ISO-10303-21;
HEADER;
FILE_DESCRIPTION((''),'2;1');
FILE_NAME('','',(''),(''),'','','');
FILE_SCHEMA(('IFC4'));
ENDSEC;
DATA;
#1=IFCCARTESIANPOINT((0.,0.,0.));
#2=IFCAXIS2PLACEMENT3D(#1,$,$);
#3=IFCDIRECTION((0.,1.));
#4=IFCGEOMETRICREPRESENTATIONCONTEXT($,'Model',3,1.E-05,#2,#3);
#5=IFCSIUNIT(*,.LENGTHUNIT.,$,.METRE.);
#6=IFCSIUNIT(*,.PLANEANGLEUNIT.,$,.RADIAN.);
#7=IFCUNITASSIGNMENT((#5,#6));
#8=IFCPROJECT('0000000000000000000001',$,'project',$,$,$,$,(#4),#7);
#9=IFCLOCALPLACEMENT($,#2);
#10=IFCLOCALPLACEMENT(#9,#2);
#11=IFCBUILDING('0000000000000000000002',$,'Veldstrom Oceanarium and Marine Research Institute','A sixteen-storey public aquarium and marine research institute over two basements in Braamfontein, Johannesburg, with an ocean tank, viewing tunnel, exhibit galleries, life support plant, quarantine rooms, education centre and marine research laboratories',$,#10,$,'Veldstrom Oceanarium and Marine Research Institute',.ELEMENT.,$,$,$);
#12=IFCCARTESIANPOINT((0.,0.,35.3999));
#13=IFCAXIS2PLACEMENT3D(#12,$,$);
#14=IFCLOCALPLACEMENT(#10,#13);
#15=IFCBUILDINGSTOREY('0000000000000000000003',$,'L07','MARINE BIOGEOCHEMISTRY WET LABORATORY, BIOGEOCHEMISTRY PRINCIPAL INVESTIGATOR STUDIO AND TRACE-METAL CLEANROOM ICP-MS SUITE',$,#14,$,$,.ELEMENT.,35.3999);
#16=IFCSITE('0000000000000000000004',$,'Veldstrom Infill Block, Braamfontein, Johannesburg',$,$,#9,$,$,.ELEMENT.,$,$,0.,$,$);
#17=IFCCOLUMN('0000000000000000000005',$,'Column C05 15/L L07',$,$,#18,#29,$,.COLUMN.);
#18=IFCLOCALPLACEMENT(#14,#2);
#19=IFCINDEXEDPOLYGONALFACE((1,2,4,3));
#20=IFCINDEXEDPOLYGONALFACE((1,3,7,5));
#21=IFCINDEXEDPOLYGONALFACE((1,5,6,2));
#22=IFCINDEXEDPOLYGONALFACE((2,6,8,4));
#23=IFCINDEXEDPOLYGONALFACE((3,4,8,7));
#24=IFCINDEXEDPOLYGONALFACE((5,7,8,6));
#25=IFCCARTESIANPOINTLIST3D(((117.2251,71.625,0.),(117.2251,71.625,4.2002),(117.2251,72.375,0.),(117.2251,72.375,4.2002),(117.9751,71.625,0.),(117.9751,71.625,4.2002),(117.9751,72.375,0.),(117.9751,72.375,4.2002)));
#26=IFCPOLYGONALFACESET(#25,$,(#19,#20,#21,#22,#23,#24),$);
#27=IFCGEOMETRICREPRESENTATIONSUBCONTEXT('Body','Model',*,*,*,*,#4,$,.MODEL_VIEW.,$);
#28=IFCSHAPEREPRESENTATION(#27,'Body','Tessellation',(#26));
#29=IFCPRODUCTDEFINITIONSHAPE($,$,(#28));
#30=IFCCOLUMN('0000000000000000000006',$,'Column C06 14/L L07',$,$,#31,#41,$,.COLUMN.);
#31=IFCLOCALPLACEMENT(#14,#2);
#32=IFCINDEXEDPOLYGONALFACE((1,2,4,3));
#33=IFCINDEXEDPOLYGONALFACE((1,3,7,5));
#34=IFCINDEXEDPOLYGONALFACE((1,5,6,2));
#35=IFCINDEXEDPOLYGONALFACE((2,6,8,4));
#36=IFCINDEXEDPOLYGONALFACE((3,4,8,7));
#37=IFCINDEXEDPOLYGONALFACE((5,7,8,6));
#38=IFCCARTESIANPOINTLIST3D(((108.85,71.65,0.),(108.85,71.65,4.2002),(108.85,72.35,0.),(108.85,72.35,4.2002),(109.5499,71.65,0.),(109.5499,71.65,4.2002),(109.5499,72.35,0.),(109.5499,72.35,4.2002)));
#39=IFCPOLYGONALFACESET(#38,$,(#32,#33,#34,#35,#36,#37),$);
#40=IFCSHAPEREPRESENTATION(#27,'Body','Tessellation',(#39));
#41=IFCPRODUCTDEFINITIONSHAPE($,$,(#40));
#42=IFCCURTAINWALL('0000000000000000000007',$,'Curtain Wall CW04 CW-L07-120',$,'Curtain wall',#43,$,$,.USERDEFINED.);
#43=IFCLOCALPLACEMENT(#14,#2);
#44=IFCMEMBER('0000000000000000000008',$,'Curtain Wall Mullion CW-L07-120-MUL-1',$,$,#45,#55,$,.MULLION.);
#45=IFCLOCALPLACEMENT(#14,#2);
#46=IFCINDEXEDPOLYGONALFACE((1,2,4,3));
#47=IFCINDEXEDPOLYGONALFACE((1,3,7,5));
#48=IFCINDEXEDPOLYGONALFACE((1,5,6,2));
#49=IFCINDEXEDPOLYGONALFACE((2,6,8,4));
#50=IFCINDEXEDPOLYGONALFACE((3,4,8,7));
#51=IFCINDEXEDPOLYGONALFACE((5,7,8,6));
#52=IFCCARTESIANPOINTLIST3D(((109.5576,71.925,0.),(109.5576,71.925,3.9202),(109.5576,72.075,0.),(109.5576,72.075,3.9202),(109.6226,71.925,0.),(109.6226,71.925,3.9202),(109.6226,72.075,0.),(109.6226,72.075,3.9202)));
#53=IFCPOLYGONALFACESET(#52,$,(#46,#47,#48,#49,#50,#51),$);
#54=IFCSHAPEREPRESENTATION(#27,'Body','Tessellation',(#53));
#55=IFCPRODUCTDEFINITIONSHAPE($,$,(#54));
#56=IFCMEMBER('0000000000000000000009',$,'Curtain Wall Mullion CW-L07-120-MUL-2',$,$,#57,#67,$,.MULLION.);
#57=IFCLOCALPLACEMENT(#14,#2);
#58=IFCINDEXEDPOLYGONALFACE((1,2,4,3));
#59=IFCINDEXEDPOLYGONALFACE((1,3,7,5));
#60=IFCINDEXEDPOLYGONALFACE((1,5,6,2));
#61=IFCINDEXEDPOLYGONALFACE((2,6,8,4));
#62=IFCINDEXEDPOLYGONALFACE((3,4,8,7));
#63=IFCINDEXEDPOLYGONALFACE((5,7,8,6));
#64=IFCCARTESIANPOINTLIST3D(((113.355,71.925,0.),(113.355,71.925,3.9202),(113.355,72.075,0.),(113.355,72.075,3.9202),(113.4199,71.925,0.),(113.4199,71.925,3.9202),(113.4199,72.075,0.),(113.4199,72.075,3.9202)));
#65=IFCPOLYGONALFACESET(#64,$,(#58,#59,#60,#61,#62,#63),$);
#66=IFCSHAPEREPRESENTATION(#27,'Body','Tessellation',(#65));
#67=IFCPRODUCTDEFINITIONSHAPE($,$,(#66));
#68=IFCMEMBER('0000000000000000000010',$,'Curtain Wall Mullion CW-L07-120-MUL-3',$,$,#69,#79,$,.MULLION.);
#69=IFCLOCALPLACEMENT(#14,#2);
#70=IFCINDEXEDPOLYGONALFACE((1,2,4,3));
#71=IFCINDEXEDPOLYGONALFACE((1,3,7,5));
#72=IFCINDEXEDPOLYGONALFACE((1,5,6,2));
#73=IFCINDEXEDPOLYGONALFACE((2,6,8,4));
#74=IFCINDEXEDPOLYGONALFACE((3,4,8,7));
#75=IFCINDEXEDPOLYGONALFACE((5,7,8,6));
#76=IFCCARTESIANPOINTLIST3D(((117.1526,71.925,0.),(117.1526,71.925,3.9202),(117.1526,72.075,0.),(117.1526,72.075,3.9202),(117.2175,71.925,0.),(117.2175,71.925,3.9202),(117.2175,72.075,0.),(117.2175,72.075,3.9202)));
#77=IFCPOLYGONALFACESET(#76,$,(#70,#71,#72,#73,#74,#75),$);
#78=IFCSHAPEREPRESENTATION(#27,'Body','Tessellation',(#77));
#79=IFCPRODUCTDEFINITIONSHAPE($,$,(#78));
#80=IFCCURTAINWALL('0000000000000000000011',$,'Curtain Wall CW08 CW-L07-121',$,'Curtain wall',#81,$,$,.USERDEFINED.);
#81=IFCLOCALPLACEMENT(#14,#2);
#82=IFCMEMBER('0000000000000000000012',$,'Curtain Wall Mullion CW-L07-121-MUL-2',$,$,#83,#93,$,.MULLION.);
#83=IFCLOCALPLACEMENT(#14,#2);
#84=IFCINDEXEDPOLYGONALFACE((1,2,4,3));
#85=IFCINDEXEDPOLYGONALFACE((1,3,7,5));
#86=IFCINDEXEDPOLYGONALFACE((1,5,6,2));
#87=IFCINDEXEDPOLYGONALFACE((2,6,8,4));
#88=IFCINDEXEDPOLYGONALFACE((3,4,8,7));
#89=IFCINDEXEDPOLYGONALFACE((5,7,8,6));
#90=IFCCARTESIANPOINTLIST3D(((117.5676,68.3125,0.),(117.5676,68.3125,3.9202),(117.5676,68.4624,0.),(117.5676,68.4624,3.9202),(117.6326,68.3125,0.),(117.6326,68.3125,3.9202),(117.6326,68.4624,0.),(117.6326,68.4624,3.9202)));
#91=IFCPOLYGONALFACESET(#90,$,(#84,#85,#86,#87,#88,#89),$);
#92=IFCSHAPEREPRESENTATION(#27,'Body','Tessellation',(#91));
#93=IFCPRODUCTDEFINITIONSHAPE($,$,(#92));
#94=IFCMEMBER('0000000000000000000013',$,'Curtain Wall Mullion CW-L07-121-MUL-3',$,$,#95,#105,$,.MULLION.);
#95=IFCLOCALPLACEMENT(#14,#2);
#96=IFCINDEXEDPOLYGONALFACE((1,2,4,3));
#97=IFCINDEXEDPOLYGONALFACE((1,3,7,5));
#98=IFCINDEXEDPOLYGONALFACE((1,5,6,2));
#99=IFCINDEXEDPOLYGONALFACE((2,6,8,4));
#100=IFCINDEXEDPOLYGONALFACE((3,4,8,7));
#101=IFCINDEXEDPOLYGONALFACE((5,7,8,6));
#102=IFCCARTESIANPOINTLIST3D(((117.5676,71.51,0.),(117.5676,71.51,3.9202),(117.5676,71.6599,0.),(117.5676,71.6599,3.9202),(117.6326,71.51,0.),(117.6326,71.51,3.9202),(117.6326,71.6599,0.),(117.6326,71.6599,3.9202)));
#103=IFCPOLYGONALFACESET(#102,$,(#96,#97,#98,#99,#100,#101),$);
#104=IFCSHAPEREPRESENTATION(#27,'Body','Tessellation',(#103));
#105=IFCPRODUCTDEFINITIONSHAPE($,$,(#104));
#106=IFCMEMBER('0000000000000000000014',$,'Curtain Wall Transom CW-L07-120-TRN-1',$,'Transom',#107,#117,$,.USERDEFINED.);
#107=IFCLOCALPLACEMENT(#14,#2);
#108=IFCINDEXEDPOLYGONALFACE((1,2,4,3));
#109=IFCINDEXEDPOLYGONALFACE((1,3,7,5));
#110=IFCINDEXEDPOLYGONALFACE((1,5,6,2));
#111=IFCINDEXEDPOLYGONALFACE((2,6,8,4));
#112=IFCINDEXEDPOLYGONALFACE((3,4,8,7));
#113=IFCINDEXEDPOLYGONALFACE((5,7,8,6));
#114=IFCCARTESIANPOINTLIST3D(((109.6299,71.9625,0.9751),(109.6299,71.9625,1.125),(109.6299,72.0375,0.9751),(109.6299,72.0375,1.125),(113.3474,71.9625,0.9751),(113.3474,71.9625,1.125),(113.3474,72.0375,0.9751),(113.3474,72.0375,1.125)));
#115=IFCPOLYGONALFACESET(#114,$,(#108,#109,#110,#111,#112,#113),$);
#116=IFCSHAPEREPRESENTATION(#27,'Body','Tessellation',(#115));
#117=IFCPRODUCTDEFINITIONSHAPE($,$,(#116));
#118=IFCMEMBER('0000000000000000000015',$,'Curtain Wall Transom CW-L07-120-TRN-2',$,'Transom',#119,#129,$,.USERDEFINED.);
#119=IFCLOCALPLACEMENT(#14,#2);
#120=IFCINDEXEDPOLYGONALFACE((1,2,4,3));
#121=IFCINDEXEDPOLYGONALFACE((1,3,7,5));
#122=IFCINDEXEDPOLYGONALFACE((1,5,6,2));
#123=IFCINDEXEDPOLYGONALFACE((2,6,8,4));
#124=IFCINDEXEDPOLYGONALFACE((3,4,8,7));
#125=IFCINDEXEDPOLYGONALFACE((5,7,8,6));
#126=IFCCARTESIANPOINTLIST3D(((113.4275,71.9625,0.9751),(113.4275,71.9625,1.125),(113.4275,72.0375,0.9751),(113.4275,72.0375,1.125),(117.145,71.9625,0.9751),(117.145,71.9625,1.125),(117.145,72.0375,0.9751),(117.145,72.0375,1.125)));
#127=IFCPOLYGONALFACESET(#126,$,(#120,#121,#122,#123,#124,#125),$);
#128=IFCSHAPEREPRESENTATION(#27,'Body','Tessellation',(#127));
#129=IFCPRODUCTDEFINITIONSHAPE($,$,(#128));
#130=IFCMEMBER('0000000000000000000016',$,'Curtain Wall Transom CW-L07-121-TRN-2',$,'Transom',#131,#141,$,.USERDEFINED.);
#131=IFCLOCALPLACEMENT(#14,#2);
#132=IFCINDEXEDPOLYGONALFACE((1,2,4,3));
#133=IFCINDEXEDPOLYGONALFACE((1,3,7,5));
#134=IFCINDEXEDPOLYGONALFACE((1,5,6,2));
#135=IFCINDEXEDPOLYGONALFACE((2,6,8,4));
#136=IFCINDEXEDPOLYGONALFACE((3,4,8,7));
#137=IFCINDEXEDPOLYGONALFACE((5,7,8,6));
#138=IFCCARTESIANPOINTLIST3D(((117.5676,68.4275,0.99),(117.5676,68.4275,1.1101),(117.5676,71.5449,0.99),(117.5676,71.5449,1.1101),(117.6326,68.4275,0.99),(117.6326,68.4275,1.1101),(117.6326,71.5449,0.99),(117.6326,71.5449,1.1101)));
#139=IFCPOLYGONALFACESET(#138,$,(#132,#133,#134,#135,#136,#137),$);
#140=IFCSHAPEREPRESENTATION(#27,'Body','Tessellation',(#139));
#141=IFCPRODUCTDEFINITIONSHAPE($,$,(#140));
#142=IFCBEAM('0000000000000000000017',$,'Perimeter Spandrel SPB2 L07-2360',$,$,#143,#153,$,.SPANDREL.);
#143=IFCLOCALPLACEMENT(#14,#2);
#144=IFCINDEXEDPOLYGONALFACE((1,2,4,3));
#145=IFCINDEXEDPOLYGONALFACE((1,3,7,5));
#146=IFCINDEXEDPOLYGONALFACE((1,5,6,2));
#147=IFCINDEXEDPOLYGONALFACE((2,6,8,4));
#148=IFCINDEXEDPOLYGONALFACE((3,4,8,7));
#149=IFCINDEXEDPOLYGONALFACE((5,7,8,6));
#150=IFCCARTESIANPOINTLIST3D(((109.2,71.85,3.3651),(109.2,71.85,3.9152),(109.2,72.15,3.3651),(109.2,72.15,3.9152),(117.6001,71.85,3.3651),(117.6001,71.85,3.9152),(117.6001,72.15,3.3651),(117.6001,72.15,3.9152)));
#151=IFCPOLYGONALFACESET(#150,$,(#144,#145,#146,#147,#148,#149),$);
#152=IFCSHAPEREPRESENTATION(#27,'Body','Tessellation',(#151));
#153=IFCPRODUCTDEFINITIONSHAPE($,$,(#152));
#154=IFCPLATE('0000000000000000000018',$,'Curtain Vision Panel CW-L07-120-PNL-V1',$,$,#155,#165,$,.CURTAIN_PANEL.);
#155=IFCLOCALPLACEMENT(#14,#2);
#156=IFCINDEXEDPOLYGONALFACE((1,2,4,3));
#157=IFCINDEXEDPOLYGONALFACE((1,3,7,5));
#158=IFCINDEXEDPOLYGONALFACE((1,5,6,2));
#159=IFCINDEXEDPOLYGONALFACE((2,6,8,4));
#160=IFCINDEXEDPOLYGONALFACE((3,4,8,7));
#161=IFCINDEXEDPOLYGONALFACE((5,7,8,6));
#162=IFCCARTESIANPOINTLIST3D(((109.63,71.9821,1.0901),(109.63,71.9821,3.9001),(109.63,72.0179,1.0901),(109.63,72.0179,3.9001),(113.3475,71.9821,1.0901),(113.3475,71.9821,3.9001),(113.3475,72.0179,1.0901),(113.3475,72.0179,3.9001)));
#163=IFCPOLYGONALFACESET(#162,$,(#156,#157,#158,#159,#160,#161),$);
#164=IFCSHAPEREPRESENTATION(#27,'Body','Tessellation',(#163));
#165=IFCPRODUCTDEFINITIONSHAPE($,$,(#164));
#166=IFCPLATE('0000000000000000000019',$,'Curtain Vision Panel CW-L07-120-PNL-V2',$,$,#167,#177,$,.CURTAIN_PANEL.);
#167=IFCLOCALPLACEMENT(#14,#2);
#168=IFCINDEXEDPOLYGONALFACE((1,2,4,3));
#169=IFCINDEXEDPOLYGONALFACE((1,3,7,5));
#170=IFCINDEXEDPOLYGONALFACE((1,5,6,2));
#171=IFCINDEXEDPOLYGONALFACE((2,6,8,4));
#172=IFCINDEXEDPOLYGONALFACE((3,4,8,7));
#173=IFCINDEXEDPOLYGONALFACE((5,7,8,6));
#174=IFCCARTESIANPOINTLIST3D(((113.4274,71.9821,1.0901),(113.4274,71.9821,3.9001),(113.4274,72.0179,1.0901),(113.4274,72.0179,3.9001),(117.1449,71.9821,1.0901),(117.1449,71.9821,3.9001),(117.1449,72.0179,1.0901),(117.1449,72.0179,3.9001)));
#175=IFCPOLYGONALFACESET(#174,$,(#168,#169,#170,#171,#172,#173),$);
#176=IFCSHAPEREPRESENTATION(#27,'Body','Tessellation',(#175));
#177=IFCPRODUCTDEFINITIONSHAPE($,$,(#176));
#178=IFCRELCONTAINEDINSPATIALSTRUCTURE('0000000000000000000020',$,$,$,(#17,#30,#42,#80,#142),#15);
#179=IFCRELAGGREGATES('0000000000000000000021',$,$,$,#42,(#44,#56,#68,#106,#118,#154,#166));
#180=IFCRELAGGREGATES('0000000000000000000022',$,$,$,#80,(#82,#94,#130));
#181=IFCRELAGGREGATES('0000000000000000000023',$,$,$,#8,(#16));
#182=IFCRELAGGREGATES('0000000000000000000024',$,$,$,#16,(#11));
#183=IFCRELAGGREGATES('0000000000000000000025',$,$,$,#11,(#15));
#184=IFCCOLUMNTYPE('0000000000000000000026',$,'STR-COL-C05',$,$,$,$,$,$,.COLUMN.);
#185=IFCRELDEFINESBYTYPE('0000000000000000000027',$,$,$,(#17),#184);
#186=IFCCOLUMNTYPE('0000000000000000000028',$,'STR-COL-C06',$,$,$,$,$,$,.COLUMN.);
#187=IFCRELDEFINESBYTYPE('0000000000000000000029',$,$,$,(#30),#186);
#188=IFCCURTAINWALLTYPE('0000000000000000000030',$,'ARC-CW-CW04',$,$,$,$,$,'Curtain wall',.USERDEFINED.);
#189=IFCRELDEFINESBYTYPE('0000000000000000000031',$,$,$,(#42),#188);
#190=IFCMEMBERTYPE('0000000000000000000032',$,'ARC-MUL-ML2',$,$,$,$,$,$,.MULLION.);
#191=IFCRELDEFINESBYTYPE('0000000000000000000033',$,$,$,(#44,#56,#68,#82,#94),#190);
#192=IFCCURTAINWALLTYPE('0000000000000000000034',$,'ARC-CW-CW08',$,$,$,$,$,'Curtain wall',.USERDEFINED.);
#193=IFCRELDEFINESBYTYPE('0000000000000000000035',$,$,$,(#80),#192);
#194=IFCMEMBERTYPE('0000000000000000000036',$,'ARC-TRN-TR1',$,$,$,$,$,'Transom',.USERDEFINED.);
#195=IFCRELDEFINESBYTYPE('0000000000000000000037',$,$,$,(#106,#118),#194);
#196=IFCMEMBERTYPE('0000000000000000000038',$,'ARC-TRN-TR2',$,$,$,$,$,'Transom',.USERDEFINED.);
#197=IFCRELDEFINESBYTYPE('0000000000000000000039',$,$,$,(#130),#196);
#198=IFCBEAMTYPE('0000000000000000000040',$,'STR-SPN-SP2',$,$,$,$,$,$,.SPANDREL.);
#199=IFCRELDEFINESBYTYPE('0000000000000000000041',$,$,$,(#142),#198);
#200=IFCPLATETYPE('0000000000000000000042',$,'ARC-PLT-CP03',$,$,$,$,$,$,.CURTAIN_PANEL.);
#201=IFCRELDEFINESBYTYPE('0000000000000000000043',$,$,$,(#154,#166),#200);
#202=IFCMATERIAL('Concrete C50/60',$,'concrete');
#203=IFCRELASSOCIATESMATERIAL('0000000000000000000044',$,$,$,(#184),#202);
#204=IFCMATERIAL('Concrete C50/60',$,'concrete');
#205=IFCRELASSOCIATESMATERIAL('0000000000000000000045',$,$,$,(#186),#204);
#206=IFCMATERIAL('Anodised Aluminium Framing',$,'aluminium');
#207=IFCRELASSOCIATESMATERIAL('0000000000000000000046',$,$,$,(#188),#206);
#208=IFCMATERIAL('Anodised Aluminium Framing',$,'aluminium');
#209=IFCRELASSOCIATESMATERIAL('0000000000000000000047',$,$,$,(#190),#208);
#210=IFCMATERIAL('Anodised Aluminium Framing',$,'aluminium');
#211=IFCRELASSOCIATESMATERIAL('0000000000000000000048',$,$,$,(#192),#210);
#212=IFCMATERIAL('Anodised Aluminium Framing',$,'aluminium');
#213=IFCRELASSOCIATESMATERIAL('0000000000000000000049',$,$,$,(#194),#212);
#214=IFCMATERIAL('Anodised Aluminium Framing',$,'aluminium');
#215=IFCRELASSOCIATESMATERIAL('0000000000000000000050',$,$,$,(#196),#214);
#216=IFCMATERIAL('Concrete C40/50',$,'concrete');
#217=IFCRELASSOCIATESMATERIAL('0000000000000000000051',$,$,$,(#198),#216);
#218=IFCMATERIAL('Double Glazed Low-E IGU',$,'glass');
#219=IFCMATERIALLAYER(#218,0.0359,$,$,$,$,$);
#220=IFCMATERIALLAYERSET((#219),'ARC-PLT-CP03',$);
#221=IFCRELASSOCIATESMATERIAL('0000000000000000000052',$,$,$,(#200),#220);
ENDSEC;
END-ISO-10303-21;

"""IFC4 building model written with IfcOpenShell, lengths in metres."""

from ifc_helpers import new_model, si_unit, direction, frame, origin, origin_2d, place, context, subcontext, project, spatial, rectangle, extrude, material, layer, layer_set, material_profile, profile_set, type_object, element, aggregate, save


model = new_model("IFC4")

# Units and contexts
model_context = context("Model", 3, precision=1e-05, world=origin(), true_north=direction((0.0, 1.0)))
body_context = subcontext(model_context, "Body", "Model", "MODEL_VIEW")
ifc_project = project(units=[si_unit("LENGTHUNIT", "METRE"), si_unit("PLANEANGLEUNIT", "RADIAN")], contexts=[model_context])

# Site, building, storey
site_placement = place(None, origin())
site = spatial("IfcSite", under=ifc_project, at=site_placement, Name="Veldstrom Infill Block, Braamfontein, Johannesburg", CompositionType="ELEMENT", RefElevation=0.0)
building_placement = place(site_placement, origin())
building = spatial("IfcBuilding", under=site, at=building_placement, Name="Veldstrom Oceanarium and Marine Research Institute", Description="A sixteen-storey public aquarium and marine research institute over two basements in Braamfontein, Johannesburg, with an ocean tank, viewing tunnel, exhibit galleries, life support plant, quarantine rooms, education centre and marine research laboratories", LongName="Veldstrom Oceanarium and Marine Research Institute", CompositionType="ELEMENT")
storey_placement = place(building_placement, frame((0.0, 0.0, 35.3999)))
storey = spatial("IfcBuildingStorey", under=building, at=storey_placement, Name="L07", Description="MARINE BIOGEOCHEMISTRY WET LABORATORY, BIOGEOCHEMISTRY PRINCIPAL INVESTIGATOR STUDIO AND TRACE-METAL CLEANROOM ICP-MS SUITE", CompositionType="ELEMENT", Elevation=35.3999)

# Columns
ifc_material_1 = material(Name="Concrete C50/60", Category="concrete")
ifc_material_profile_1 = material_profile(ifc_material_1, rectangle(XDim=0.75, YDim=0.75, at=origin_2d()), Name="RC-COL-750x750")
ifc_profile_set_1 = profile_set([ifc_material_profile_1], Name="Concrete C50/60")
column_type_1 = type_object("IfcColumnType", Name="STR-COL-C05", PredefinedType="COLUMN", material=ifc_profile_set_1)
column_1_placement = place(storey_placement, frame((117.6001, 72.0, 0.0), z_axis=(0.0, 0.0, 1.0), x_axis=(1.0, 0.0, 0.0)))
element("IfcColumn", 1, at=column_1_placement, inside=storey, type_object=column_type_1, Name="Column C05 15/L L07", PredefinedType="COLUMN", context=body_context, shape_type="SweptSolid", body=[
    extrude(rectangle(XDim=0.75, YDim=0.75, at=origin_2d()), origin(), (0.0, 0.0, 1.0), 4.2002),
])
ifc_material_2 = material(Name="Concrete C50/60", Category="concrete")
ifc_material_profile_2 = material_profile(ifc_material_2, rectangle(XDim=0.7, YDim=0.7, at=origin_2d()), Name="RC-COL-700x700")
ifc_profile_set_2 = profile_set([ifc_material_profile_2], Name="Concrete C50/60")
column_type_2 = type_object("IfcColumnType", Name="STR-COL-C06", PredefinedType="COLUMN", material=ifc_profile_set_2)
column_2_placement = place(storey_placement, frame((109.2, 72.0, 0.0), z_axis=(0.0, 0.0, 1.0), x_axis=(1.0, 0.0, 0.0)))
element("IfcColumn", 2, at=column_2_placement, inside=storey, type_object=column_type_2, Name="Column C06 14/L L07", PredefinedType="COLUMN", context=body_context, shape_type="SweptSolid", body=[
    extrude(rectangle(XDim=0.7, YDim=0.7, at=origin_2d()), origin(), (0.0, 0.0, 1.0), 4.2002),
])

# Curtain walls, members
ifc_material_3 = material(Name="Anodised Aluminium Framing", Category="aluminium")
curtain_wall_type_1 = type_object("IfcCurtainWallType", Name="ARC-CW-CW04", ElementType="Curtain wall", PredefinedType="USERDEFINED", material=ifc_material_3)
curtain_wall_1_placement = place(storey_placement, origin())
curtain_wall_1 = element("IfcCurtainWall", 3, at=curtain_wall_1_placement, inside=storey, type_object=curtain_wall_type_1, Name="Curtain Wall CW04 CW-L07-120", ObjectType="Curtain wall", PredefinedType="USERDEFINED")
ifc_material_4 = material(Name="Anodised Aluminium Framing", Category="aluminium")
ifc_material_profile_3 = material_profile(ifc_material_4, rectangle(XDim=0.0649, YDim=0.1499, at=origin_2d()), Name="ALU-MUL-65x150")
ifc_profile_set_3 = profile_set([ifc_material_profile_3], Name="Anodised Aluminium Framing")
member_type_1 = type_object("IfcMemberType", Name="ARC-MUL-ML2", PredefinedType="MULLION", material=ifc_profile_set_3)
member_1_placement = place(storey_placement, frame((109.5901, 72.0, 0.0), z_axis=(0.0, 0.0, 1.0), x_axis=(1.0, 0.0, 0.0)))
member_1 = element("IfcMember", 4, at=member_1_placement, type_object=member_type_1, Name="Curtain Wall Mullion CW-L07-120-MUL-1", PredefinedType="MULLION", context=body_context, shape_type="SweptSolid", body=[
    extrude(rectangle(XDim=0.0649, YDim=0.1499, at=origin_2d()), origin(), (0.0, 0.0, 1.0), 3.9202),
])
member_2_placement = place(storey_placement, frame((113.3875, 72.0, 0.0), z_axis=(0.0, 0.0, 1.0), x_axis=(1.0, 0.0, 0.0)))
member_2 = element("IfcMember", 5, at=member_2_placement, type_object=member_type_1, Name="Curtain Wall Mullion CW-L07-120-MUL-2", PredefinedType="MULLION", context=body_context, shape_type="SweptSolid", body=[
    extrude(rectangle(XDim=0.0649, YDim=0.1499, at=origin_2d()), origin(), (0.0, 0.0, 1.0), 3.9202),
])
member_3_placement = place(storey_placement, frame((117.1851, 72.0, 0.0), z_axis=(0.0, 0.0, 1.0), x_axis=(1.0, 0.0, 0.0)))
member_3 = element("IfcMember", 6, at=member_3_placement, type_object=member_type_1, Name="Curtain Wall Mullion CW-L07-120-MUL-3", PredefinedType="MULLION", context=body_context, shape_type="SweptSolid", body=[
    extrude(rectangle(XDim=0.0649, YDim=0.1499, at=origin_2d()), origin(), (0.0, 0.0, 1.0), 3.9202),
])
ifc_material_5 = material(Name="Anodised Aluminium Framing", Category="aluminium")
curtain_wall_type_2 = type_object("IfcCurtainWallType", Name="ARC-CW-CW08", ElementType="Curtain wall", PredefinedType="USERDEFINED", material=ifc_material_5)
curtain_wall_2_placement = place(storey_placement, origin())
curtain_wall_2 = element("IfcCurtainWall", 7, at=curtain_wall_2_placement, inside=storey, type_object=curtain_wall_type_2, Name="Curtain Wall CW08 CW-L07-121", ObjectType="Curtain wall", PredefinedType="USERDEFINED")
member_4_placement = place(storey_placement, frame((117.6001, 68.3875, 0.0), z_axis=(0.0, 0.0, 1.0), x_axis=(1.0, 0.0, 0.0)))
member_4 = element("IfcMember", 8, at=member_4_placement, type_object=member_type_1, Name="Curtain Wall Mullion CW-L07-121-MUL-2", PredefinedType="MULLION", context=body_context, shape_type="SweptSolid", body=[
    extrude(rectangle(XDim=0.0649, YDim=0.1499, at=origin_2d()), origin(), (0.0, 0.0, 1.0), 3.9202),
])
member_5_placement = place(storey_placement, frame((117.6001, 71.585, 0.0), z_axis=(0.0, 0.0, 1.0), x_axis=(1.0, 0.0, 0.0)))
member_5 = element("IfcMember", 9, at=member_5_placement, type_object=member_type_1, Name="Curtain Wall Mullion CW-L07-121-MUL-3", PredefinedType="MULLION", context=body_context, shape_type="SweptSolid", body=[
    extrude(rectangle(XDim=0.0649, YDim=0.1499, at=origin_2d()), origin(), (0.0, 0.0, 1.0), 3.9202),
])

# Members
ifc_material_6 = material(Name="Anodised Aluminium Framing", Category="aluminium")
ifc_material_profile_4 = material_profile(ifc_material_6, rectangle(XDim=0.075, YDim=0.1499, at=origin_2d()), Name="ALU-TRN-75x150")
ifc_profile_set_4 = profile_set([ifc_material_profile_4], Name="Anodised Aluminium Framing")
member_type_2 = type_object("IfcMemberType", Name="ARC-TRN-TR1", ElementType="Transom", PredefinedType="USERDEFINED", material=ifc_profile_set_4)
member_6_placement = place(storey_placement, frame((109.6299, 72.0, 1.05), z_axis=(1.0, 0.0, 0.0), x_axis=(0.0, 1.0, 0.0)))
member_6 = element("IfcMember", 10, at=member_6_placement, type_object=member_type_2, Name="Curtain Wall Transom CW-L07-120-TRN-1", ObjectType="Transom", PredefinedType="USERDEFINED", context=body_context, shape_type="SweptSolid", body=[
    extrude(rectangle(XDim=0.075, YDim=0.1499, at=origin_2d()), origin(), (0.0, 0.0, 1.0), 3.7175),
])
member_7_placement = place(storey_placement, frame((113.4275, 72.0, 1.05), z_axis=(1.0, 0.0, 0.0), x_axis=(0.0, 1.0, 0.0)))
member_7 = element("IfcMember", 11, at=member_7_placement, type_object=member_type_2, Name="Curtain Wall Transom CW-L07-120-TRN-2", ObjectType="Transom", PredefinedType="USERDEFINED", context=body_context, shape_type="SweptSolid", body=[
    extrude(rectangle(XDim=0.075, YDim=0.1499, at=origin_2d()), origin(), (0.0, 0.0, 1.0), 3.7175),
])
ifc_material_7 = material(Name="Anodised Aluminium Framing", Category="aluminium")
ifc_material_profile_5 = material_profile(ifc_material_7, rectangle(XDim=0.0649, YDim=0.1201, at=origin_2d()), Name="ALU-TRN-65x120")
ifc_profile_set_5 = profile_set([ifc_material_profile_5], Name="Anodised Aluminium Framing")
member_type_3 = type_object("IfcMemberType", Name="ARC-TRN-TR2", ElementType="Transom", PredefinedType="USERDEFINED", material=ifc_profile_set_5)
member_8_placement = place(storey_placement, frame((117.6001, 68.4275, 1.05), z_axis=(0.0, 1.0, 0.0), x_axis=(-1.0, 0.0, 0.0)))
member_8 = element("IfcMember", 12, at=member_8_placement, type_object=member_type_3, Name="Curtain Wall Transom CW-L07-121-TRN-2", ObjectType="Transom", PredefinedType="USERDEFINED", context=body_context, shape_type="SweptSolid", body=[
    extrude(rectangle(XDim=0.0649, YDim=0.1201, at=origin_2d()), origin(), (0.0, 0.0, 1.0), 3.1174),
])

# Beam
ifc_material_8 = material(Name="Concrete C40/50", Category="concrete")
ifc_material_profile_6 = material_profile(ifc_material_8, rectangle(XDim=0.3, YDim=0.55, at=origin_2d()), Name="RC-SPN-300x550")
ifc_profile_set_6 = profile_set([ifc_material_profile_6], Name="Concrete C40/50")
beam_type = type_object("IfcBeamType", Name="STR-SPN-SP2", PredefinedType="SPANDREL", material=ifc_profile_set_6)
beam_placement = place(storey_placement, frame((109.2, 72.0, 3.6401), z_axis=(1.0, 0.0, 0.0), x_axis=(0.0, 1.0, 0.0)))
element("IfcBeam", 13, at=beam_placement, inside=storey, type_object=beam_type, Name="Perimeter Spandrel SPB2 L07-2360", PredefinedType="SPANDREL", context=body_context, shape_type="SweptSolid", body=[
    extrude(rectangle(XDim=0.3, YDim=0.55, at=origin_2d()), origin(), (0.0, 0.0, 1.0), 8.4001),
])

# Plates
ifc_material_9 = material(Name="Double Glazed Low-E IGU", Category="glass")
ifc_layer_1 = layer(ifc_material_9, 0.0359)
ifc_layer_set_1 = layer_set([ifc_layer_1], Name="ARC-PLT-CP03")
plate_type_1 = type_object("IfcPlateType", Name="ARC-PLT-CP03", PredefinedType="CURTAIN_PANEL", material=ifc_layer_set_1)
plate_1_placement = place(storey_placement, frame((111.4888, 72.0, 1.0901), z_axis=(0.0, 0.0, 1.0), x_axis=(1.0, 0.0, 0.0)))
plate_1 = element("IfcPlate", 14, at=plate_1_placement, type_object=plate_type_1, Name="Curtain Vision Panel CW-L07-120-PNL-V1", PredefinedType="CURTAIN_PANEL", context=body_context, shape_type="SweptSolid", body=[
    extrude(rectangle(XDim=3.7175, YDim=0.0359, at=origin_2d()), origin(), (0.0, 0.0, 1.0), 2.8101),
])
plate_2_placement = place(storey_placement, frame((115.2861, 72.0, 1.0901), z_axis=(0.0, 0.0, 1.0), x_axis=(1.0, 0.0, 0.0)))
plate_2 = element("IfcPlate", 15, at=plate_2_placement, type_object=plate_type_1, Name="Curtain Vision Panel CW-L07-120-PNL-V2", PredefinedType="CURTAIN_PANEL", context=body_context, shape_type="SweptSolid", body=[
    extrude(rectangle(XDim=3.7175, YDim=0.0359, at=origin_2d()), origin(), (0.0, 0.0, 1.0), 2.8101),
])
aggregate(curtain_wall_1, [member_1, member_2, member_3, member_6, member_7, plate_1, plate_2])
aggregate(curtain_wall_2, [member_4, member_5, member_8])

save(model, "model.ifc")
